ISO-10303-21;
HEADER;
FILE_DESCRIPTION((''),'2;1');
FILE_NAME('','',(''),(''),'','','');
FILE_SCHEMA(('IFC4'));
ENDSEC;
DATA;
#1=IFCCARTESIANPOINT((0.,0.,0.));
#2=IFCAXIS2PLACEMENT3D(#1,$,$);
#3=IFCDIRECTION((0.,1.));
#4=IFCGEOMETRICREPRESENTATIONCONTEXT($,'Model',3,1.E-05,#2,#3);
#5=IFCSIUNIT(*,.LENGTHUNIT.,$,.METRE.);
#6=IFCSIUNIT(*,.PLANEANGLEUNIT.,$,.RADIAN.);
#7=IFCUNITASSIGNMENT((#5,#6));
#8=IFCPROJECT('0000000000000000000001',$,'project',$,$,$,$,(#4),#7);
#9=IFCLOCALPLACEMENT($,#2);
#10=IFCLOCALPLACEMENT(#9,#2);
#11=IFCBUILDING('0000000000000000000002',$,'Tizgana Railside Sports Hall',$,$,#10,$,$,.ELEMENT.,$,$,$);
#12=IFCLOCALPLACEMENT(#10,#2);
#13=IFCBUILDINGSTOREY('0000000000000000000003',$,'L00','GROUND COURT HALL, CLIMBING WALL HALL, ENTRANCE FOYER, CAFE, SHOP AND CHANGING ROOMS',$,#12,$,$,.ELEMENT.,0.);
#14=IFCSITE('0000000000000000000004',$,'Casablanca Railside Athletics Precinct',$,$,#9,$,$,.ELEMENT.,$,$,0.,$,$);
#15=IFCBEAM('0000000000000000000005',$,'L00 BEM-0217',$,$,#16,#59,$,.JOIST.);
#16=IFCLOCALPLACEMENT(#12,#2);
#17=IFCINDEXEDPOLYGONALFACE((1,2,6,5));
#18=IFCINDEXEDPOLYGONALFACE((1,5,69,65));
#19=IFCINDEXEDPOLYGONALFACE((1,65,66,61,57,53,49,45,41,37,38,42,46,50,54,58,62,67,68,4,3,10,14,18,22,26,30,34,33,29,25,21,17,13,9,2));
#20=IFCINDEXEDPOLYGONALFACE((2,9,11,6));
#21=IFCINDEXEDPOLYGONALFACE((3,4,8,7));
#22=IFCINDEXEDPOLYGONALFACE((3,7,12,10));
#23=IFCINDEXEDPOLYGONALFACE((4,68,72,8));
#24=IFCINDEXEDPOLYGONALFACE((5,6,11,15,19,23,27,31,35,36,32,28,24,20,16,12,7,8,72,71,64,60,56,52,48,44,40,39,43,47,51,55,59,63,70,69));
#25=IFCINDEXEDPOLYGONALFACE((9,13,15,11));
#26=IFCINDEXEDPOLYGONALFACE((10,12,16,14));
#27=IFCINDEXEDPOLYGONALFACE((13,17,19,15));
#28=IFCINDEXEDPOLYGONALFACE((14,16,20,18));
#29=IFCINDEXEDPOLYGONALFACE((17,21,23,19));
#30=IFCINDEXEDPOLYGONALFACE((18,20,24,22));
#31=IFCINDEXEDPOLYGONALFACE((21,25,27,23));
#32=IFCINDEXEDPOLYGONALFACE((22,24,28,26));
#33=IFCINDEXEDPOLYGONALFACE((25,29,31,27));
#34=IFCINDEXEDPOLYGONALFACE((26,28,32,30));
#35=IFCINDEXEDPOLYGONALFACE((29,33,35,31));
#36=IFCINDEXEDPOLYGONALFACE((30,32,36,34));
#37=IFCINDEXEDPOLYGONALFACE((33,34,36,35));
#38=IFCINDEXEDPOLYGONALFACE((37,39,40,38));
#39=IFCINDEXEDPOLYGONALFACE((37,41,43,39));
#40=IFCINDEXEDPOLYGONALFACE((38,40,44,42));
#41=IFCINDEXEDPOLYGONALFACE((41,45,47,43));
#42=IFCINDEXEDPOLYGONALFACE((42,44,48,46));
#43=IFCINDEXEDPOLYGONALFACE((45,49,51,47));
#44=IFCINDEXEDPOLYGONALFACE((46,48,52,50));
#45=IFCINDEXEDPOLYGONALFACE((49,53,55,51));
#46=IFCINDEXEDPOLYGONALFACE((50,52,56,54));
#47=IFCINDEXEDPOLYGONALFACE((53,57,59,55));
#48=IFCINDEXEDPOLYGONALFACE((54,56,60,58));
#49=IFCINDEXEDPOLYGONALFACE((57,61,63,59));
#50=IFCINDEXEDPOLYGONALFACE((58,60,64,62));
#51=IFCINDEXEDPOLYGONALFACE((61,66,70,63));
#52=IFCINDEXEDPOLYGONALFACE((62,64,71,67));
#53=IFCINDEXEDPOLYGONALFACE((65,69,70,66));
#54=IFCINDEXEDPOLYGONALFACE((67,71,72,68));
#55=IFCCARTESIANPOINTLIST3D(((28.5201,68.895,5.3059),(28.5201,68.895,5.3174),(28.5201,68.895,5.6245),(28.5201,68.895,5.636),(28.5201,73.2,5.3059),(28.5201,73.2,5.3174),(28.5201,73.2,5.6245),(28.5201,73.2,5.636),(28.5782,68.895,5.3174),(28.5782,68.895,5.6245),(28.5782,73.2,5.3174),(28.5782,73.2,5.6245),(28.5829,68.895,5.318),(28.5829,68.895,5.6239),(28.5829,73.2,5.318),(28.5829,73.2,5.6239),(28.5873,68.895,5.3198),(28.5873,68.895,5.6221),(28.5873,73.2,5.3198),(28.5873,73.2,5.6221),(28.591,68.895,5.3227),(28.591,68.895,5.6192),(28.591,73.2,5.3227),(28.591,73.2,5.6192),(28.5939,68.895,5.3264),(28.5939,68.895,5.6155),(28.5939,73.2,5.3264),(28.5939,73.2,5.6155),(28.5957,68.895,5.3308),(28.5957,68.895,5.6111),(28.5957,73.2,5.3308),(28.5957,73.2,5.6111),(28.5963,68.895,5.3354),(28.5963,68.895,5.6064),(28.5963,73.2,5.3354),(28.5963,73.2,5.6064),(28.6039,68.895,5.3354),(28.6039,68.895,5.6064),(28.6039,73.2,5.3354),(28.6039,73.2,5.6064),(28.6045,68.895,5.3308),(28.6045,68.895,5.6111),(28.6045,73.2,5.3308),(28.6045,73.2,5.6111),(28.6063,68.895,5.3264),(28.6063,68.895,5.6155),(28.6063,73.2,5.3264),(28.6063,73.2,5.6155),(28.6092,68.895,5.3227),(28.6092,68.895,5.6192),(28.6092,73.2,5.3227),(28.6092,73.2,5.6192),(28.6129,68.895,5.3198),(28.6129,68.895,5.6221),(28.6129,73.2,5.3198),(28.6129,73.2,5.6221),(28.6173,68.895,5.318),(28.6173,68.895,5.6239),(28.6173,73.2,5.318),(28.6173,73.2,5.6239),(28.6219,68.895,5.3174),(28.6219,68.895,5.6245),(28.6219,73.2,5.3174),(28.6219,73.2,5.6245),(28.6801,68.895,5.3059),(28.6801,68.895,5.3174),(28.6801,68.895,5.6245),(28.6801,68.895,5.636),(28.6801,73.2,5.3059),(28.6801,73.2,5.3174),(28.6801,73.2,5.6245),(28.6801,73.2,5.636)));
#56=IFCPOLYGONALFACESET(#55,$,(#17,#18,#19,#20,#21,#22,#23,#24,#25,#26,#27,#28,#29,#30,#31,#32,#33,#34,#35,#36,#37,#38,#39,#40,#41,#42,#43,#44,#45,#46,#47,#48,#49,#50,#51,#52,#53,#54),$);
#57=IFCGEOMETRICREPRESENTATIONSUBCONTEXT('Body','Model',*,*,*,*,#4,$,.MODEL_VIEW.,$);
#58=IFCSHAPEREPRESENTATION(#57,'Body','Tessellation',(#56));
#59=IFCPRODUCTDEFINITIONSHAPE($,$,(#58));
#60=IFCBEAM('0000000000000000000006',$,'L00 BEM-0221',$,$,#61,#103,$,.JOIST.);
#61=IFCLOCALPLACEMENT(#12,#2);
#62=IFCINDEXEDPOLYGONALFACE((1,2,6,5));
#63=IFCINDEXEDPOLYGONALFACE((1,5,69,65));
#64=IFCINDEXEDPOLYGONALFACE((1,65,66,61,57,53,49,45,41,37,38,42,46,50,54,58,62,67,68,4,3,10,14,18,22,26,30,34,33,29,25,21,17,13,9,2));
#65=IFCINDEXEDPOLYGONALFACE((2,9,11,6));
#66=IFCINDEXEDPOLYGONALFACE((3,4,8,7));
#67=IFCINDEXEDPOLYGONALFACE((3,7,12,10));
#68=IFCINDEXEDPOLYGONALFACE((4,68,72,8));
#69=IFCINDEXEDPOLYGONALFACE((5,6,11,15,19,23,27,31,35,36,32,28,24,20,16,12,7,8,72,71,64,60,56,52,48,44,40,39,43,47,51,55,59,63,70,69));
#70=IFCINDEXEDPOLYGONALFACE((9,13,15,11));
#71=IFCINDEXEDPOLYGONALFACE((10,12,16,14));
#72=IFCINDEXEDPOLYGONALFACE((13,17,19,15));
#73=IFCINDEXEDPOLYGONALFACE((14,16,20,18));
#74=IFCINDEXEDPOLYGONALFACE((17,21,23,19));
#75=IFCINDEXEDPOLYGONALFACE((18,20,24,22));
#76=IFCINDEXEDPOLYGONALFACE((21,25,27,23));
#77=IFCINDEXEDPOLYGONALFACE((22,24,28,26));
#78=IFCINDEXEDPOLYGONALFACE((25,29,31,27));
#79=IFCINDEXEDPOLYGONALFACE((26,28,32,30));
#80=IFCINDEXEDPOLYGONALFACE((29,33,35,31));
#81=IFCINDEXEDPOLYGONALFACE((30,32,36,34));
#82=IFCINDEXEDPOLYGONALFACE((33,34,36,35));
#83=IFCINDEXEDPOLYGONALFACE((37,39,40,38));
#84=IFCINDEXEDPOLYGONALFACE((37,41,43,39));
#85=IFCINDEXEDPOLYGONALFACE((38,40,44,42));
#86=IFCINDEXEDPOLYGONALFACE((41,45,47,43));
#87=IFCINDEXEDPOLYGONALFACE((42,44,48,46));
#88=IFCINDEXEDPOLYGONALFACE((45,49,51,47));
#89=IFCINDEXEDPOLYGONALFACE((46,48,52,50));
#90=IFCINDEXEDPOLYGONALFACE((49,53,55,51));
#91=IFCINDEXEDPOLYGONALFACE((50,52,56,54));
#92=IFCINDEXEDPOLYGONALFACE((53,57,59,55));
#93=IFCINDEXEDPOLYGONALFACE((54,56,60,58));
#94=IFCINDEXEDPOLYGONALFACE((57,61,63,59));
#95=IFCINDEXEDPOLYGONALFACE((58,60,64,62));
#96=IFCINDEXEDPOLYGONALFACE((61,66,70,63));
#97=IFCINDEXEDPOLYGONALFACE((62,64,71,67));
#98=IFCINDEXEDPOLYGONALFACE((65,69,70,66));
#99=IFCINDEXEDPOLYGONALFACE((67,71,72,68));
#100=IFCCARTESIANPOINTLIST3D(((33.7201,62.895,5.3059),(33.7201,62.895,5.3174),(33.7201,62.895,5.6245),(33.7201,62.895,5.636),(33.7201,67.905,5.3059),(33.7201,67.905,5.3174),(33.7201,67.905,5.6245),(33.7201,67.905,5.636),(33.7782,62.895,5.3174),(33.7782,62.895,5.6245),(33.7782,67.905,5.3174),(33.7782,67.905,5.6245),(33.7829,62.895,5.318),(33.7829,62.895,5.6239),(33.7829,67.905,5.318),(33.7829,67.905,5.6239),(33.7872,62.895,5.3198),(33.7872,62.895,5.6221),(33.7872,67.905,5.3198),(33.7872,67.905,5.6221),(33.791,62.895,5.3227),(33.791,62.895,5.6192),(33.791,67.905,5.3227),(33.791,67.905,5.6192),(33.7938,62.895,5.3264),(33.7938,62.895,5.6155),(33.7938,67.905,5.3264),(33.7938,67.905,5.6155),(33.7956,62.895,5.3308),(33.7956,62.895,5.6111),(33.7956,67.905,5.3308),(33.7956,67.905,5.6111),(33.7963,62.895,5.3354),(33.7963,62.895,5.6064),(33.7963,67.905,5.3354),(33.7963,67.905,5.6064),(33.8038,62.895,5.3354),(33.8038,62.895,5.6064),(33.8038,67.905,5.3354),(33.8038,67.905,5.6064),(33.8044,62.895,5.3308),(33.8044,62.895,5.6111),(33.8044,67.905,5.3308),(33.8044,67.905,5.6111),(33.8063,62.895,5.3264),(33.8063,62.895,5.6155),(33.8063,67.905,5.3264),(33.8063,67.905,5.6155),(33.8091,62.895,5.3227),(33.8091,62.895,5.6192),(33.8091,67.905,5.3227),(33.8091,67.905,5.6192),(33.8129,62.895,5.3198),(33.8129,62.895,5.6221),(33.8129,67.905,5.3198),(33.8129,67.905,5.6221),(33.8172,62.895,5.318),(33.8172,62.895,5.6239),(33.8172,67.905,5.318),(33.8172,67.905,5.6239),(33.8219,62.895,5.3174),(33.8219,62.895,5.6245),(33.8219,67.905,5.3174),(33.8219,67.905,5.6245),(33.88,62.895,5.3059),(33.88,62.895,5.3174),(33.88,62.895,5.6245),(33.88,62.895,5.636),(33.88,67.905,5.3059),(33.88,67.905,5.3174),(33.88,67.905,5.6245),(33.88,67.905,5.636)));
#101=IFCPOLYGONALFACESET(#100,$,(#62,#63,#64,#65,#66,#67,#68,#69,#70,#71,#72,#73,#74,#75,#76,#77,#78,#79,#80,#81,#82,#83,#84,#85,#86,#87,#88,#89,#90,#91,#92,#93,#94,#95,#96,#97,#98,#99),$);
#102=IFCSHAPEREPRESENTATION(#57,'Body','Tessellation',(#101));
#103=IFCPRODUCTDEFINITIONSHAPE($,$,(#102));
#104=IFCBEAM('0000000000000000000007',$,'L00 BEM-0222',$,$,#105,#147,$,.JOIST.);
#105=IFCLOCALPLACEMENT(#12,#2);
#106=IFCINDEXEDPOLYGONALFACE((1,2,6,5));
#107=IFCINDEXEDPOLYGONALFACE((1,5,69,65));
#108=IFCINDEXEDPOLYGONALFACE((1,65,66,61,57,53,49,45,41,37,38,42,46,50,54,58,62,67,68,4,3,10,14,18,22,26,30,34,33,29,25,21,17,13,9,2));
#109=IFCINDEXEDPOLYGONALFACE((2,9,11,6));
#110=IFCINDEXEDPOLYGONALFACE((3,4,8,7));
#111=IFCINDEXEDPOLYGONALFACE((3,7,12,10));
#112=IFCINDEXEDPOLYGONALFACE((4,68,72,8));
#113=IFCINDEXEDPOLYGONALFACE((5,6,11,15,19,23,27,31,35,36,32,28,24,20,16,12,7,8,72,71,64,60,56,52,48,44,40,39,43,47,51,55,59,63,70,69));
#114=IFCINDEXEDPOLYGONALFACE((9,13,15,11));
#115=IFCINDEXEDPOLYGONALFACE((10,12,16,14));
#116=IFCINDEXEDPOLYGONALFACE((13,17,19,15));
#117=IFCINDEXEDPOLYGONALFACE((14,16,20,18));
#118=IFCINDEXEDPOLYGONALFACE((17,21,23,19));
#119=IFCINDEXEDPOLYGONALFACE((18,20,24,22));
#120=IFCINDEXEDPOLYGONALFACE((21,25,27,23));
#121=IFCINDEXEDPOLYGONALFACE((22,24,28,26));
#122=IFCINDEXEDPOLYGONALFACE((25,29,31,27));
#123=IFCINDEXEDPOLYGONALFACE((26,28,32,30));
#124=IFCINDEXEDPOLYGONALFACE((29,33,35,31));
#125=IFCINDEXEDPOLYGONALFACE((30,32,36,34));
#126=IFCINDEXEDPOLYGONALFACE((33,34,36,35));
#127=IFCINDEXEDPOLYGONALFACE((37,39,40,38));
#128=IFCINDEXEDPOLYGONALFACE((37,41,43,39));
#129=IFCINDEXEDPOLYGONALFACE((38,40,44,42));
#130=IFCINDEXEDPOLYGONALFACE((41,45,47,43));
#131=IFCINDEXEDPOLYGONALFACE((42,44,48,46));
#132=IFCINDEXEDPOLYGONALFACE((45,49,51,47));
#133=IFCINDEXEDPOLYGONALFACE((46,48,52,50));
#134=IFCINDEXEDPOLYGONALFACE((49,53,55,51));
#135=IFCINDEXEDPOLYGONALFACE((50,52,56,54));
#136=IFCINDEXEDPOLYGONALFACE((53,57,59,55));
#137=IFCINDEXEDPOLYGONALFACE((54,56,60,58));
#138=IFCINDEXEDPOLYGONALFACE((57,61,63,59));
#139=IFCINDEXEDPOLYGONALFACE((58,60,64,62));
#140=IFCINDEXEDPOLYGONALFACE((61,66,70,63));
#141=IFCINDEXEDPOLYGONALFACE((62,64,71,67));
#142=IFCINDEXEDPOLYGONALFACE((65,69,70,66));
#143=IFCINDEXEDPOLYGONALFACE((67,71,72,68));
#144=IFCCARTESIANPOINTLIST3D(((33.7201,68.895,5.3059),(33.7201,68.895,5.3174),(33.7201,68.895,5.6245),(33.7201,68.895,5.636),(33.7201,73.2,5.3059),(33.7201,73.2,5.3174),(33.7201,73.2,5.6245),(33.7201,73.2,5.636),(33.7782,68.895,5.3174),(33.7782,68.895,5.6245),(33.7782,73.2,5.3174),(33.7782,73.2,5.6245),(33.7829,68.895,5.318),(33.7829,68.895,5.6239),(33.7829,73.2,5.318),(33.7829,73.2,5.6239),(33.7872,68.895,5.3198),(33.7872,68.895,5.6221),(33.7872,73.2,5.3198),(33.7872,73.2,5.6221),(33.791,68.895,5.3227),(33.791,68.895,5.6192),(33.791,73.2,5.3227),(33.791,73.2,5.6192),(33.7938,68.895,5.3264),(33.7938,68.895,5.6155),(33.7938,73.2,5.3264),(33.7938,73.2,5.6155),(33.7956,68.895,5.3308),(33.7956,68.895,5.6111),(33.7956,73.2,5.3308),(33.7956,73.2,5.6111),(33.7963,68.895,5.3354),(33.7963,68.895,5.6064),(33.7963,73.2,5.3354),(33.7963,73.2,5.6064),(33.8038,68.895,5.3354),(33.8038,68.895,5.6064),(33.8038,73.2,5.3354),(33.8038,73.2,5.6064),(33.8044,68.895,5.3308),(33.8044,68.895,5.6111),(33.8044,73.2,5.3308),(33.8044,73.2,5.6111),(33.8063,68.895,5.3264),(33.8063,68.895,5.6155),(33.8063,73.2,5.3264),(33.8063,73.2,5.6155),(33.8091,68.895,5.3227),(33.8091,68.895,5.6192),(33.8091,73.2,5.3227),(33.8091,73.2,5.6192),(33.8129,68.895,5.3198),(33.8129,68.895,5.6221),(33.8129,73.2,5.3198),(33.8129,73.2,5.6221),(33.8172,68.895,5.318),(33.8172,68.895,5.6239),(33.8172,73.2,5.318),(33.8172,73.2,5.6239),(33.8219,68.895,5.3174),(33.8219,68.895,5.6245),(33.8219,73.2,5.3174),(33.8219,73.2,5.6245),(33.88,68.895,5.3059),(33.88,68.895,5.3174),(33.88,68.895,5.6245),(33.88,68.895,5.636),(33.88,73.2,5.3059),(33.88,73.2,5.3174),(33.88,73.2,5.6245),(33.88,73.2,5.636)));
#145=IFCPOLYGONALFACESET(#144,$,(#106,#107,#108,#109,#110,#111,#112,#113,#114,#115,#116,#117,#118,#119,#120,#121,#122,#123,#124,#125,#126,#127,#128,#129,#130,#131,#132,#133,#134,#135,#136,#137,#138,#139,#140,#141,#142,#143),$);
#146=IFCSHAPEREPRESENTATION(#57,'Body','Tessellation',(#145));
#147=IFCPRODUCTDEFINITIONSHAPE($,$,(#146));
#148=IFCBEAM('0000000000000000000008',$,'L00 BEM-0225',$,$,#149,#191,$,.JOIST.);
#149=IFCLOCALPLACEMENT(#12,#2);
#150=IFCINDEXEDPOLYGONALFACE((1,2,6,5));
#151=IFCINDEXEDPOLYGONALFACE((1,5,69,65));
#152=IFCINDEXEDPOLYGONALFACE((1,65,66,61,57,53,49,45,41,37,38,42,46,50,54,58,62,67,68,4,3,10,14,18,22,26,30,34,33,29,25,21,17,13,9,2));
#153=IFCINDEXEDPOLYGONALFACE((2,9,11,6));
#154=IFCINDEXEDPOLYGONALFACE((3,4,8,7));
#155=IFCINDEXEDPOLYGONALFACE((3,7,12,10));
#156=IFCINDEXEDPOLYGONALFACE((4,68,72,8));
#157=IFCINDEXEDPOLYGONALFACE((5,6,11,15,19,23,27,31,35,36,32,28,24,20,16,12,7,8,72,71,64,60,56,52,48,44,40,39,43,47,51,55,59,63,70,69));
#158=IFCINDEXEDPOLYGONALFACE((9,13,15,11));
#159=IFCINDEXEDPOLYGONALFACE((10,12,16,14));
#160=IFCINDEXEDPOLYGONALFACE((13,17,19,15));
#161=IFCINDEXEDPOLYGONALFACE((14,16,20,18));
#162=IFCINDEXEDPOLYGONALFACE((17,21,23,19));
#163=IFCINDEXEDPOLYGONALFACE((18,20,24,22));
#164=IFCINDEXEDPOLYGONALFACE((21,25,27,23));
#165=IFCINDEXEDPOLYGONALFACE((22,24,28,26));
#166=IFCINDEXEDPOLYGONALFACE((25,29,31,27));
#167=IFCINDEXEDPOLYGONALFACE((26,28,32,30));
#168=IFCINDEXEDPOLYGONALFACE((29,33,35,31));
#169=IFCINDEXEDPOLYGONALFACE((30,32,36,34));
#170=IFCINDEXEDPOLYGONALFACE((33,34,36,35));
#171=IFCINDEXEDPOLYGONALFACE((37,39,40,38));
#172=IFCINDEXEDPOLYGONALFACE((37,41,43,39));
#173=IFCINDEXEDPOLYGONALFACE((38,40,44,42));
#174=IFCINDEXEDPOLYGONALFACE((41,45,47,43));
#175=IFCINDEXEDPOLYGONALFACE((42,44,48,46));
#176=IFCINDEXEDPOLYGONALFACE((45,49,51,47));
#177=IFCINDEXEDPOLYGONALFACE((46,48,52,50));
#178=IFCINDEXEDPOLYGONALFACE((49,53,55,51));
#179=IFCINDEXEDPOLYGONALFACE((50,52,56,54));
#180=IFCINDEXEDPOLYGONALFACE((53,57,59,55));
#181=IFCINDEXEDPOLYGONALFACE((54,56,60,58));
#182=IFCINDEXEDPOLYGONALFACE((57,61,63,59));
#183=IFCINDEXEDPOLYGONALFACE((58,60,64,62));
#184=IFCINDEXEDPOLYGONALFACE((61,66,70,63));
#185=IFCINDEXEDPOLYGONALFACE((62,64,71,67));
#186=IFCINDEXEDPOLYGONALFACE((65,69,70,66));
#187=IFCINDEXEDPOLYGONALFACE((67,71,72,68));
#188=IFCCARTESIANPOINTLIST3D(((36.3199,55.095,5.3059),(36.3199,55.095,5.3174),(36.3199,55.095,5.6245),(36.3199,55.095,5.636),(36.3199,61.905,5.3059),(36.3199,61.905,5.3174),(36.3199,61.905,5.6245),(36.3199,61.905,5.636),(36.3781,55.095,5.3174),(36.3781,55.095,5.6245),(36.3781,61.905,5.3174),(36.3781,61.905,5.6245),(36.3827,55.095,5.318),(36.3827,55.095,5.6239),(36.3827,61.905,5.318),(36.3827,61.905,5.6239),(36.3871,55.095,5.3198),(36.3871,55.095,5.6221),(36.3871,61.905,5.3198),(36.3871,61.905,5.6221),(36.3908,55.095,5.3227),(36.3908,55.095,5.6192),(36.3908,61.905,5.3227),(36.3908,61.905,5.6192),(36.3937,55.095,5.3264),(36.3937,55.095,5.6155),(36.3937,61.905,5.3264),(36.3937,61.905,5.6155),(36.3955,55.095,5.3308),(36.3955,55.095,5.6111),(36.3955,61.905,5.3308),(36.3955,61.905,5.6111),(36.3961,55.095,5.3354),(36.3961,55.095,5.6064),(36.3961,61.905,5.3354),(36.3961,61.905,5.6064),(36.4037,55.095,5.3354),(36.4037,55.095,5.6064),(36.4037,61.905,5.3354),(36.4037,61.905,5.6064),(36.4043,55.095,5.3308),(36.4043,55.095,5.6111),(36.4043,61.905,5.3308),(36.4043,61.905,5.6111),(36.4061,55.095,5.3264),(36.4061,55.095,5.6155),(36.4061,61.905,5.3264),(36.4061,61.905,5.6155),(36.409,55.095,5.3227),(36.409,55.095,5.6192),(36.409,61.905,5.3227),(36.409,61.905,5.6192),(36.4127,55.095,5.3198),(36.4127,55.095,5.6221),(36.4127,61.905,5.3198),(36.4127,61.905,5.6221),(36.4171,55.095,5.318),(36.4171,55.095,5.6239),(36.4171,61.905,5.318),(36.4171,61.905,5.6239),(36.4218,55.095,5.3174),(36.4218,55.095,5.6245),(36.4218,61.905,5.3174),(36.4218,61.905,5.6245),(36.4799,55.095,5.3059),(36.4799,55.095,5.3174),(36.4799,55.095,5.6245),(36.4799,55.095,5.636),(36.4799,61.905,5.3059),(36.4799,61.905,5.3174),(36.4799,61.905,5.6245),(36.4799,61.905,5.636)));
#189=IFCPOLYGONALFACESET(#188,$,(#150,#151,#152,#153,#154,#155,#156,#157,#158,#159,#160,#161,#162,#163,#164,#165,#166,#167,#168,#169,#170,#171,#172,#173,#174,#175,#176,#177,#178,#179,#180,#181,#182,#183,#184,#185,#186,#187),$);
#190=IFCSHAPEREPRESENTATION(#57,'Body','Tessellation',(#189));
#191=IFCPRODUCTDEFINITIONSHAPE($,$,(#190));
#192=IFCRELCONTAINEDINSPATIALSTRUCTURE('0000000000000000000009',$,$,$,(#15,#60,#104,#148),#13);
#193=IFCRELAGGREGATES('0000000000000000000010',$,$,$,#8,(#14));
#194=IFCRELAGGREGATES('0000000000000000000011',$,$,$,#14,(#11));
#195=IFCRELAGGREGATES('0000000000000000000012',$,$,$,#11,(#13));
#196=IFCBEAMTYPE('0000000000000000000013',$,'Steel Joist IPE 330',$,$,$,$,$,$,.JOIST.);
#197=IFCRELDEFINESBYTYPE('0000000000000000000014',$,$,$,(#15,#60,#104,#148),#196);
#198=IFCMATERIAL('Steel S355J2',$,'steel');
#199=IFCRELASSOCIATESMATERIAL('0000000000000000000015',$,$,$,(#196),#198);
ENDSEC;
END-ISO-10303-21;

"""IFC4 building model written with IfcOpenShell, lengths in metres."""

from ifc_helpers import new_model, si_unit, direction, frame, origin, origin_2d, place, context, subcontext, project, spatial, i_section, extrude, material, material_profile, profile_set, type_object, element, save


model = new_model("IFC4")

# Units and contexts
model_context = context("Model", 3, precision=1e-05, world=origin(), true_north=direction((0.0, 1.0)))
body_context = subcontext(model_context, "Body", "Model", "MODEL_VIEW")
ifc_project = project(units=[si_unit("LENGTHUNIT", "METRE"), si_unit("PLANEANGLEUNIT", "RADIAN")], contexts=[model_context])

# Site, building, storey
site_placement = place(None, origin())
site = spatial("IfcSite", under=ifc_project, at=site_placement, Name="Casablanca Railside Athletics Precinct", CompositionType="ELEMENT", RefElevation=0.0)
building_placement = place(site_placement, origin())
building = spatial("IfcBuilding", under=site, at=building_placement, Name="Tizgana Railside Sports Hall", CompositionType="ELEMENT")
storey_placement = place(building_placement, origin())
storey = spatial("IfcBuildingStorey", under=building, at=storey_placement, Name="L00", Description="GROUND COURT HALL, CLIMBING WALL HALL, ENTRANCE FOYER, CAFE, SHOP AND CHANGING ROOMS", CompositionType="ELEMENT", Elevation=0.0)

# Beams
ifc_material_1 = material(Name="Steel S355J2", Category="steel")
ifc_material_profile_1 = material_profile(ifc_material_1, i_section(OverallWidth=0.1599, OverallDepth=0.3301, WebThickness=0.0076, FlangeThickness=0.0115, FilletRadius=0.0181, at=origin_2d()), Name="IPE 330")
ifc_profile_set_1 = profile_set([ifc_material_profile_1], Name="Steel S355J2")
beam_type_1 = type_object("IfcBeamType", Name="Steel Joist IPE 330", PredefinedType="JOIST", material=ifc_profile_set_1)
beam_1_placement = place(storey_placement, frame((28.6001, 68.895, 5.4709), z_axis=(0.0, 1.0, 0.0), x_axis=(-1.0, 0.0, 0.0)))
element("IfcBeam", 1, at=beam_1_placement, inside=storey, type_object=beam_type_1, Name="L00 BEM-0217", PredefinedType="JOIST", context=body_context, shape_type="SweptSolid", body=[
    extrude(i_section(OverallWidth=0.1599, OverallDepth=0.3301, WebThickness=0.0076, FlangeThickness=0.0115, FilletRadius=0.0181, at=origin_2d()), origin(), (0.0, 0.0, 1.0), 4.3049),
])
beam_2_placement = place(storey_placement, frame((33.8, 62.895, 5.4709), z_axis=(0.0, 1.0, 0.0), x_axis=(-1.0, 0.0, 0.0)))
element("IfcBeam", 2, at=beam_2_placement, inside=storey, type_object=beam_type_1, Name="L00 BEM-0221", PredefinedType="JOIST", context=body_context, shape_type="SweptSolid", body=[
    extrude(i_section(OverallWidth=0.1599, OverallDepth=0.3301, WebThickness=0.0076, FlangeThickness=0.0115, FilletRadius=0.0181, at=origin_2d()), origin(), (0.0, 0.0, 1.0), 5.01),
])
beam_3_placement = place(storey_placement, frame((33.8, 68.895, 5.4709), z_axis=(0.0, 1.0, 0.0), x_axis=(-1.0, 0.0, 0.0)))
element("IfcBeam", 3, at=beam_3_placement, inside=storey, type_object=beam_type_1, Name="L00 BEM-0222", PredefinedType="JOIST", context=body_context, shape_type="SweptSolid", body=[
    extrude(i_section(OverallWidth=0.1599, OverallDepth=0.3301, WebThickness=0.0076, FlangeThickness=0.0115, FilletRadius=0.0181, at=origin_2d()), origin(), (0.0, 0.0, 1.0), 4.3049),
])
beam_4_placement = place(storey_placement, frame((36.3999, 55.095, 5.4709), z_axis=(0.0, 1.0, 0.0), x_axis=(-1.0, 0.0, 0.0)))
element("IfcBeam", 4, at=beam_4_placement, inside=storey, type_object=beam_type_1, Name="L00 BEM-0225", PredefinedType="JOIST", context=body_context, shape_type="SweptSolid", body=[
    extrude(i_section(OverallWidth=0.1599, OverallDepth=0.3301, WebThickness=0.0076, FlangeThickness=0.0115, FilletRadius=0.0181, at=origin_2d()), origin(), (0.0, 0.0, 1.0), 6.8101),
])

save(model, "model.ifc")
